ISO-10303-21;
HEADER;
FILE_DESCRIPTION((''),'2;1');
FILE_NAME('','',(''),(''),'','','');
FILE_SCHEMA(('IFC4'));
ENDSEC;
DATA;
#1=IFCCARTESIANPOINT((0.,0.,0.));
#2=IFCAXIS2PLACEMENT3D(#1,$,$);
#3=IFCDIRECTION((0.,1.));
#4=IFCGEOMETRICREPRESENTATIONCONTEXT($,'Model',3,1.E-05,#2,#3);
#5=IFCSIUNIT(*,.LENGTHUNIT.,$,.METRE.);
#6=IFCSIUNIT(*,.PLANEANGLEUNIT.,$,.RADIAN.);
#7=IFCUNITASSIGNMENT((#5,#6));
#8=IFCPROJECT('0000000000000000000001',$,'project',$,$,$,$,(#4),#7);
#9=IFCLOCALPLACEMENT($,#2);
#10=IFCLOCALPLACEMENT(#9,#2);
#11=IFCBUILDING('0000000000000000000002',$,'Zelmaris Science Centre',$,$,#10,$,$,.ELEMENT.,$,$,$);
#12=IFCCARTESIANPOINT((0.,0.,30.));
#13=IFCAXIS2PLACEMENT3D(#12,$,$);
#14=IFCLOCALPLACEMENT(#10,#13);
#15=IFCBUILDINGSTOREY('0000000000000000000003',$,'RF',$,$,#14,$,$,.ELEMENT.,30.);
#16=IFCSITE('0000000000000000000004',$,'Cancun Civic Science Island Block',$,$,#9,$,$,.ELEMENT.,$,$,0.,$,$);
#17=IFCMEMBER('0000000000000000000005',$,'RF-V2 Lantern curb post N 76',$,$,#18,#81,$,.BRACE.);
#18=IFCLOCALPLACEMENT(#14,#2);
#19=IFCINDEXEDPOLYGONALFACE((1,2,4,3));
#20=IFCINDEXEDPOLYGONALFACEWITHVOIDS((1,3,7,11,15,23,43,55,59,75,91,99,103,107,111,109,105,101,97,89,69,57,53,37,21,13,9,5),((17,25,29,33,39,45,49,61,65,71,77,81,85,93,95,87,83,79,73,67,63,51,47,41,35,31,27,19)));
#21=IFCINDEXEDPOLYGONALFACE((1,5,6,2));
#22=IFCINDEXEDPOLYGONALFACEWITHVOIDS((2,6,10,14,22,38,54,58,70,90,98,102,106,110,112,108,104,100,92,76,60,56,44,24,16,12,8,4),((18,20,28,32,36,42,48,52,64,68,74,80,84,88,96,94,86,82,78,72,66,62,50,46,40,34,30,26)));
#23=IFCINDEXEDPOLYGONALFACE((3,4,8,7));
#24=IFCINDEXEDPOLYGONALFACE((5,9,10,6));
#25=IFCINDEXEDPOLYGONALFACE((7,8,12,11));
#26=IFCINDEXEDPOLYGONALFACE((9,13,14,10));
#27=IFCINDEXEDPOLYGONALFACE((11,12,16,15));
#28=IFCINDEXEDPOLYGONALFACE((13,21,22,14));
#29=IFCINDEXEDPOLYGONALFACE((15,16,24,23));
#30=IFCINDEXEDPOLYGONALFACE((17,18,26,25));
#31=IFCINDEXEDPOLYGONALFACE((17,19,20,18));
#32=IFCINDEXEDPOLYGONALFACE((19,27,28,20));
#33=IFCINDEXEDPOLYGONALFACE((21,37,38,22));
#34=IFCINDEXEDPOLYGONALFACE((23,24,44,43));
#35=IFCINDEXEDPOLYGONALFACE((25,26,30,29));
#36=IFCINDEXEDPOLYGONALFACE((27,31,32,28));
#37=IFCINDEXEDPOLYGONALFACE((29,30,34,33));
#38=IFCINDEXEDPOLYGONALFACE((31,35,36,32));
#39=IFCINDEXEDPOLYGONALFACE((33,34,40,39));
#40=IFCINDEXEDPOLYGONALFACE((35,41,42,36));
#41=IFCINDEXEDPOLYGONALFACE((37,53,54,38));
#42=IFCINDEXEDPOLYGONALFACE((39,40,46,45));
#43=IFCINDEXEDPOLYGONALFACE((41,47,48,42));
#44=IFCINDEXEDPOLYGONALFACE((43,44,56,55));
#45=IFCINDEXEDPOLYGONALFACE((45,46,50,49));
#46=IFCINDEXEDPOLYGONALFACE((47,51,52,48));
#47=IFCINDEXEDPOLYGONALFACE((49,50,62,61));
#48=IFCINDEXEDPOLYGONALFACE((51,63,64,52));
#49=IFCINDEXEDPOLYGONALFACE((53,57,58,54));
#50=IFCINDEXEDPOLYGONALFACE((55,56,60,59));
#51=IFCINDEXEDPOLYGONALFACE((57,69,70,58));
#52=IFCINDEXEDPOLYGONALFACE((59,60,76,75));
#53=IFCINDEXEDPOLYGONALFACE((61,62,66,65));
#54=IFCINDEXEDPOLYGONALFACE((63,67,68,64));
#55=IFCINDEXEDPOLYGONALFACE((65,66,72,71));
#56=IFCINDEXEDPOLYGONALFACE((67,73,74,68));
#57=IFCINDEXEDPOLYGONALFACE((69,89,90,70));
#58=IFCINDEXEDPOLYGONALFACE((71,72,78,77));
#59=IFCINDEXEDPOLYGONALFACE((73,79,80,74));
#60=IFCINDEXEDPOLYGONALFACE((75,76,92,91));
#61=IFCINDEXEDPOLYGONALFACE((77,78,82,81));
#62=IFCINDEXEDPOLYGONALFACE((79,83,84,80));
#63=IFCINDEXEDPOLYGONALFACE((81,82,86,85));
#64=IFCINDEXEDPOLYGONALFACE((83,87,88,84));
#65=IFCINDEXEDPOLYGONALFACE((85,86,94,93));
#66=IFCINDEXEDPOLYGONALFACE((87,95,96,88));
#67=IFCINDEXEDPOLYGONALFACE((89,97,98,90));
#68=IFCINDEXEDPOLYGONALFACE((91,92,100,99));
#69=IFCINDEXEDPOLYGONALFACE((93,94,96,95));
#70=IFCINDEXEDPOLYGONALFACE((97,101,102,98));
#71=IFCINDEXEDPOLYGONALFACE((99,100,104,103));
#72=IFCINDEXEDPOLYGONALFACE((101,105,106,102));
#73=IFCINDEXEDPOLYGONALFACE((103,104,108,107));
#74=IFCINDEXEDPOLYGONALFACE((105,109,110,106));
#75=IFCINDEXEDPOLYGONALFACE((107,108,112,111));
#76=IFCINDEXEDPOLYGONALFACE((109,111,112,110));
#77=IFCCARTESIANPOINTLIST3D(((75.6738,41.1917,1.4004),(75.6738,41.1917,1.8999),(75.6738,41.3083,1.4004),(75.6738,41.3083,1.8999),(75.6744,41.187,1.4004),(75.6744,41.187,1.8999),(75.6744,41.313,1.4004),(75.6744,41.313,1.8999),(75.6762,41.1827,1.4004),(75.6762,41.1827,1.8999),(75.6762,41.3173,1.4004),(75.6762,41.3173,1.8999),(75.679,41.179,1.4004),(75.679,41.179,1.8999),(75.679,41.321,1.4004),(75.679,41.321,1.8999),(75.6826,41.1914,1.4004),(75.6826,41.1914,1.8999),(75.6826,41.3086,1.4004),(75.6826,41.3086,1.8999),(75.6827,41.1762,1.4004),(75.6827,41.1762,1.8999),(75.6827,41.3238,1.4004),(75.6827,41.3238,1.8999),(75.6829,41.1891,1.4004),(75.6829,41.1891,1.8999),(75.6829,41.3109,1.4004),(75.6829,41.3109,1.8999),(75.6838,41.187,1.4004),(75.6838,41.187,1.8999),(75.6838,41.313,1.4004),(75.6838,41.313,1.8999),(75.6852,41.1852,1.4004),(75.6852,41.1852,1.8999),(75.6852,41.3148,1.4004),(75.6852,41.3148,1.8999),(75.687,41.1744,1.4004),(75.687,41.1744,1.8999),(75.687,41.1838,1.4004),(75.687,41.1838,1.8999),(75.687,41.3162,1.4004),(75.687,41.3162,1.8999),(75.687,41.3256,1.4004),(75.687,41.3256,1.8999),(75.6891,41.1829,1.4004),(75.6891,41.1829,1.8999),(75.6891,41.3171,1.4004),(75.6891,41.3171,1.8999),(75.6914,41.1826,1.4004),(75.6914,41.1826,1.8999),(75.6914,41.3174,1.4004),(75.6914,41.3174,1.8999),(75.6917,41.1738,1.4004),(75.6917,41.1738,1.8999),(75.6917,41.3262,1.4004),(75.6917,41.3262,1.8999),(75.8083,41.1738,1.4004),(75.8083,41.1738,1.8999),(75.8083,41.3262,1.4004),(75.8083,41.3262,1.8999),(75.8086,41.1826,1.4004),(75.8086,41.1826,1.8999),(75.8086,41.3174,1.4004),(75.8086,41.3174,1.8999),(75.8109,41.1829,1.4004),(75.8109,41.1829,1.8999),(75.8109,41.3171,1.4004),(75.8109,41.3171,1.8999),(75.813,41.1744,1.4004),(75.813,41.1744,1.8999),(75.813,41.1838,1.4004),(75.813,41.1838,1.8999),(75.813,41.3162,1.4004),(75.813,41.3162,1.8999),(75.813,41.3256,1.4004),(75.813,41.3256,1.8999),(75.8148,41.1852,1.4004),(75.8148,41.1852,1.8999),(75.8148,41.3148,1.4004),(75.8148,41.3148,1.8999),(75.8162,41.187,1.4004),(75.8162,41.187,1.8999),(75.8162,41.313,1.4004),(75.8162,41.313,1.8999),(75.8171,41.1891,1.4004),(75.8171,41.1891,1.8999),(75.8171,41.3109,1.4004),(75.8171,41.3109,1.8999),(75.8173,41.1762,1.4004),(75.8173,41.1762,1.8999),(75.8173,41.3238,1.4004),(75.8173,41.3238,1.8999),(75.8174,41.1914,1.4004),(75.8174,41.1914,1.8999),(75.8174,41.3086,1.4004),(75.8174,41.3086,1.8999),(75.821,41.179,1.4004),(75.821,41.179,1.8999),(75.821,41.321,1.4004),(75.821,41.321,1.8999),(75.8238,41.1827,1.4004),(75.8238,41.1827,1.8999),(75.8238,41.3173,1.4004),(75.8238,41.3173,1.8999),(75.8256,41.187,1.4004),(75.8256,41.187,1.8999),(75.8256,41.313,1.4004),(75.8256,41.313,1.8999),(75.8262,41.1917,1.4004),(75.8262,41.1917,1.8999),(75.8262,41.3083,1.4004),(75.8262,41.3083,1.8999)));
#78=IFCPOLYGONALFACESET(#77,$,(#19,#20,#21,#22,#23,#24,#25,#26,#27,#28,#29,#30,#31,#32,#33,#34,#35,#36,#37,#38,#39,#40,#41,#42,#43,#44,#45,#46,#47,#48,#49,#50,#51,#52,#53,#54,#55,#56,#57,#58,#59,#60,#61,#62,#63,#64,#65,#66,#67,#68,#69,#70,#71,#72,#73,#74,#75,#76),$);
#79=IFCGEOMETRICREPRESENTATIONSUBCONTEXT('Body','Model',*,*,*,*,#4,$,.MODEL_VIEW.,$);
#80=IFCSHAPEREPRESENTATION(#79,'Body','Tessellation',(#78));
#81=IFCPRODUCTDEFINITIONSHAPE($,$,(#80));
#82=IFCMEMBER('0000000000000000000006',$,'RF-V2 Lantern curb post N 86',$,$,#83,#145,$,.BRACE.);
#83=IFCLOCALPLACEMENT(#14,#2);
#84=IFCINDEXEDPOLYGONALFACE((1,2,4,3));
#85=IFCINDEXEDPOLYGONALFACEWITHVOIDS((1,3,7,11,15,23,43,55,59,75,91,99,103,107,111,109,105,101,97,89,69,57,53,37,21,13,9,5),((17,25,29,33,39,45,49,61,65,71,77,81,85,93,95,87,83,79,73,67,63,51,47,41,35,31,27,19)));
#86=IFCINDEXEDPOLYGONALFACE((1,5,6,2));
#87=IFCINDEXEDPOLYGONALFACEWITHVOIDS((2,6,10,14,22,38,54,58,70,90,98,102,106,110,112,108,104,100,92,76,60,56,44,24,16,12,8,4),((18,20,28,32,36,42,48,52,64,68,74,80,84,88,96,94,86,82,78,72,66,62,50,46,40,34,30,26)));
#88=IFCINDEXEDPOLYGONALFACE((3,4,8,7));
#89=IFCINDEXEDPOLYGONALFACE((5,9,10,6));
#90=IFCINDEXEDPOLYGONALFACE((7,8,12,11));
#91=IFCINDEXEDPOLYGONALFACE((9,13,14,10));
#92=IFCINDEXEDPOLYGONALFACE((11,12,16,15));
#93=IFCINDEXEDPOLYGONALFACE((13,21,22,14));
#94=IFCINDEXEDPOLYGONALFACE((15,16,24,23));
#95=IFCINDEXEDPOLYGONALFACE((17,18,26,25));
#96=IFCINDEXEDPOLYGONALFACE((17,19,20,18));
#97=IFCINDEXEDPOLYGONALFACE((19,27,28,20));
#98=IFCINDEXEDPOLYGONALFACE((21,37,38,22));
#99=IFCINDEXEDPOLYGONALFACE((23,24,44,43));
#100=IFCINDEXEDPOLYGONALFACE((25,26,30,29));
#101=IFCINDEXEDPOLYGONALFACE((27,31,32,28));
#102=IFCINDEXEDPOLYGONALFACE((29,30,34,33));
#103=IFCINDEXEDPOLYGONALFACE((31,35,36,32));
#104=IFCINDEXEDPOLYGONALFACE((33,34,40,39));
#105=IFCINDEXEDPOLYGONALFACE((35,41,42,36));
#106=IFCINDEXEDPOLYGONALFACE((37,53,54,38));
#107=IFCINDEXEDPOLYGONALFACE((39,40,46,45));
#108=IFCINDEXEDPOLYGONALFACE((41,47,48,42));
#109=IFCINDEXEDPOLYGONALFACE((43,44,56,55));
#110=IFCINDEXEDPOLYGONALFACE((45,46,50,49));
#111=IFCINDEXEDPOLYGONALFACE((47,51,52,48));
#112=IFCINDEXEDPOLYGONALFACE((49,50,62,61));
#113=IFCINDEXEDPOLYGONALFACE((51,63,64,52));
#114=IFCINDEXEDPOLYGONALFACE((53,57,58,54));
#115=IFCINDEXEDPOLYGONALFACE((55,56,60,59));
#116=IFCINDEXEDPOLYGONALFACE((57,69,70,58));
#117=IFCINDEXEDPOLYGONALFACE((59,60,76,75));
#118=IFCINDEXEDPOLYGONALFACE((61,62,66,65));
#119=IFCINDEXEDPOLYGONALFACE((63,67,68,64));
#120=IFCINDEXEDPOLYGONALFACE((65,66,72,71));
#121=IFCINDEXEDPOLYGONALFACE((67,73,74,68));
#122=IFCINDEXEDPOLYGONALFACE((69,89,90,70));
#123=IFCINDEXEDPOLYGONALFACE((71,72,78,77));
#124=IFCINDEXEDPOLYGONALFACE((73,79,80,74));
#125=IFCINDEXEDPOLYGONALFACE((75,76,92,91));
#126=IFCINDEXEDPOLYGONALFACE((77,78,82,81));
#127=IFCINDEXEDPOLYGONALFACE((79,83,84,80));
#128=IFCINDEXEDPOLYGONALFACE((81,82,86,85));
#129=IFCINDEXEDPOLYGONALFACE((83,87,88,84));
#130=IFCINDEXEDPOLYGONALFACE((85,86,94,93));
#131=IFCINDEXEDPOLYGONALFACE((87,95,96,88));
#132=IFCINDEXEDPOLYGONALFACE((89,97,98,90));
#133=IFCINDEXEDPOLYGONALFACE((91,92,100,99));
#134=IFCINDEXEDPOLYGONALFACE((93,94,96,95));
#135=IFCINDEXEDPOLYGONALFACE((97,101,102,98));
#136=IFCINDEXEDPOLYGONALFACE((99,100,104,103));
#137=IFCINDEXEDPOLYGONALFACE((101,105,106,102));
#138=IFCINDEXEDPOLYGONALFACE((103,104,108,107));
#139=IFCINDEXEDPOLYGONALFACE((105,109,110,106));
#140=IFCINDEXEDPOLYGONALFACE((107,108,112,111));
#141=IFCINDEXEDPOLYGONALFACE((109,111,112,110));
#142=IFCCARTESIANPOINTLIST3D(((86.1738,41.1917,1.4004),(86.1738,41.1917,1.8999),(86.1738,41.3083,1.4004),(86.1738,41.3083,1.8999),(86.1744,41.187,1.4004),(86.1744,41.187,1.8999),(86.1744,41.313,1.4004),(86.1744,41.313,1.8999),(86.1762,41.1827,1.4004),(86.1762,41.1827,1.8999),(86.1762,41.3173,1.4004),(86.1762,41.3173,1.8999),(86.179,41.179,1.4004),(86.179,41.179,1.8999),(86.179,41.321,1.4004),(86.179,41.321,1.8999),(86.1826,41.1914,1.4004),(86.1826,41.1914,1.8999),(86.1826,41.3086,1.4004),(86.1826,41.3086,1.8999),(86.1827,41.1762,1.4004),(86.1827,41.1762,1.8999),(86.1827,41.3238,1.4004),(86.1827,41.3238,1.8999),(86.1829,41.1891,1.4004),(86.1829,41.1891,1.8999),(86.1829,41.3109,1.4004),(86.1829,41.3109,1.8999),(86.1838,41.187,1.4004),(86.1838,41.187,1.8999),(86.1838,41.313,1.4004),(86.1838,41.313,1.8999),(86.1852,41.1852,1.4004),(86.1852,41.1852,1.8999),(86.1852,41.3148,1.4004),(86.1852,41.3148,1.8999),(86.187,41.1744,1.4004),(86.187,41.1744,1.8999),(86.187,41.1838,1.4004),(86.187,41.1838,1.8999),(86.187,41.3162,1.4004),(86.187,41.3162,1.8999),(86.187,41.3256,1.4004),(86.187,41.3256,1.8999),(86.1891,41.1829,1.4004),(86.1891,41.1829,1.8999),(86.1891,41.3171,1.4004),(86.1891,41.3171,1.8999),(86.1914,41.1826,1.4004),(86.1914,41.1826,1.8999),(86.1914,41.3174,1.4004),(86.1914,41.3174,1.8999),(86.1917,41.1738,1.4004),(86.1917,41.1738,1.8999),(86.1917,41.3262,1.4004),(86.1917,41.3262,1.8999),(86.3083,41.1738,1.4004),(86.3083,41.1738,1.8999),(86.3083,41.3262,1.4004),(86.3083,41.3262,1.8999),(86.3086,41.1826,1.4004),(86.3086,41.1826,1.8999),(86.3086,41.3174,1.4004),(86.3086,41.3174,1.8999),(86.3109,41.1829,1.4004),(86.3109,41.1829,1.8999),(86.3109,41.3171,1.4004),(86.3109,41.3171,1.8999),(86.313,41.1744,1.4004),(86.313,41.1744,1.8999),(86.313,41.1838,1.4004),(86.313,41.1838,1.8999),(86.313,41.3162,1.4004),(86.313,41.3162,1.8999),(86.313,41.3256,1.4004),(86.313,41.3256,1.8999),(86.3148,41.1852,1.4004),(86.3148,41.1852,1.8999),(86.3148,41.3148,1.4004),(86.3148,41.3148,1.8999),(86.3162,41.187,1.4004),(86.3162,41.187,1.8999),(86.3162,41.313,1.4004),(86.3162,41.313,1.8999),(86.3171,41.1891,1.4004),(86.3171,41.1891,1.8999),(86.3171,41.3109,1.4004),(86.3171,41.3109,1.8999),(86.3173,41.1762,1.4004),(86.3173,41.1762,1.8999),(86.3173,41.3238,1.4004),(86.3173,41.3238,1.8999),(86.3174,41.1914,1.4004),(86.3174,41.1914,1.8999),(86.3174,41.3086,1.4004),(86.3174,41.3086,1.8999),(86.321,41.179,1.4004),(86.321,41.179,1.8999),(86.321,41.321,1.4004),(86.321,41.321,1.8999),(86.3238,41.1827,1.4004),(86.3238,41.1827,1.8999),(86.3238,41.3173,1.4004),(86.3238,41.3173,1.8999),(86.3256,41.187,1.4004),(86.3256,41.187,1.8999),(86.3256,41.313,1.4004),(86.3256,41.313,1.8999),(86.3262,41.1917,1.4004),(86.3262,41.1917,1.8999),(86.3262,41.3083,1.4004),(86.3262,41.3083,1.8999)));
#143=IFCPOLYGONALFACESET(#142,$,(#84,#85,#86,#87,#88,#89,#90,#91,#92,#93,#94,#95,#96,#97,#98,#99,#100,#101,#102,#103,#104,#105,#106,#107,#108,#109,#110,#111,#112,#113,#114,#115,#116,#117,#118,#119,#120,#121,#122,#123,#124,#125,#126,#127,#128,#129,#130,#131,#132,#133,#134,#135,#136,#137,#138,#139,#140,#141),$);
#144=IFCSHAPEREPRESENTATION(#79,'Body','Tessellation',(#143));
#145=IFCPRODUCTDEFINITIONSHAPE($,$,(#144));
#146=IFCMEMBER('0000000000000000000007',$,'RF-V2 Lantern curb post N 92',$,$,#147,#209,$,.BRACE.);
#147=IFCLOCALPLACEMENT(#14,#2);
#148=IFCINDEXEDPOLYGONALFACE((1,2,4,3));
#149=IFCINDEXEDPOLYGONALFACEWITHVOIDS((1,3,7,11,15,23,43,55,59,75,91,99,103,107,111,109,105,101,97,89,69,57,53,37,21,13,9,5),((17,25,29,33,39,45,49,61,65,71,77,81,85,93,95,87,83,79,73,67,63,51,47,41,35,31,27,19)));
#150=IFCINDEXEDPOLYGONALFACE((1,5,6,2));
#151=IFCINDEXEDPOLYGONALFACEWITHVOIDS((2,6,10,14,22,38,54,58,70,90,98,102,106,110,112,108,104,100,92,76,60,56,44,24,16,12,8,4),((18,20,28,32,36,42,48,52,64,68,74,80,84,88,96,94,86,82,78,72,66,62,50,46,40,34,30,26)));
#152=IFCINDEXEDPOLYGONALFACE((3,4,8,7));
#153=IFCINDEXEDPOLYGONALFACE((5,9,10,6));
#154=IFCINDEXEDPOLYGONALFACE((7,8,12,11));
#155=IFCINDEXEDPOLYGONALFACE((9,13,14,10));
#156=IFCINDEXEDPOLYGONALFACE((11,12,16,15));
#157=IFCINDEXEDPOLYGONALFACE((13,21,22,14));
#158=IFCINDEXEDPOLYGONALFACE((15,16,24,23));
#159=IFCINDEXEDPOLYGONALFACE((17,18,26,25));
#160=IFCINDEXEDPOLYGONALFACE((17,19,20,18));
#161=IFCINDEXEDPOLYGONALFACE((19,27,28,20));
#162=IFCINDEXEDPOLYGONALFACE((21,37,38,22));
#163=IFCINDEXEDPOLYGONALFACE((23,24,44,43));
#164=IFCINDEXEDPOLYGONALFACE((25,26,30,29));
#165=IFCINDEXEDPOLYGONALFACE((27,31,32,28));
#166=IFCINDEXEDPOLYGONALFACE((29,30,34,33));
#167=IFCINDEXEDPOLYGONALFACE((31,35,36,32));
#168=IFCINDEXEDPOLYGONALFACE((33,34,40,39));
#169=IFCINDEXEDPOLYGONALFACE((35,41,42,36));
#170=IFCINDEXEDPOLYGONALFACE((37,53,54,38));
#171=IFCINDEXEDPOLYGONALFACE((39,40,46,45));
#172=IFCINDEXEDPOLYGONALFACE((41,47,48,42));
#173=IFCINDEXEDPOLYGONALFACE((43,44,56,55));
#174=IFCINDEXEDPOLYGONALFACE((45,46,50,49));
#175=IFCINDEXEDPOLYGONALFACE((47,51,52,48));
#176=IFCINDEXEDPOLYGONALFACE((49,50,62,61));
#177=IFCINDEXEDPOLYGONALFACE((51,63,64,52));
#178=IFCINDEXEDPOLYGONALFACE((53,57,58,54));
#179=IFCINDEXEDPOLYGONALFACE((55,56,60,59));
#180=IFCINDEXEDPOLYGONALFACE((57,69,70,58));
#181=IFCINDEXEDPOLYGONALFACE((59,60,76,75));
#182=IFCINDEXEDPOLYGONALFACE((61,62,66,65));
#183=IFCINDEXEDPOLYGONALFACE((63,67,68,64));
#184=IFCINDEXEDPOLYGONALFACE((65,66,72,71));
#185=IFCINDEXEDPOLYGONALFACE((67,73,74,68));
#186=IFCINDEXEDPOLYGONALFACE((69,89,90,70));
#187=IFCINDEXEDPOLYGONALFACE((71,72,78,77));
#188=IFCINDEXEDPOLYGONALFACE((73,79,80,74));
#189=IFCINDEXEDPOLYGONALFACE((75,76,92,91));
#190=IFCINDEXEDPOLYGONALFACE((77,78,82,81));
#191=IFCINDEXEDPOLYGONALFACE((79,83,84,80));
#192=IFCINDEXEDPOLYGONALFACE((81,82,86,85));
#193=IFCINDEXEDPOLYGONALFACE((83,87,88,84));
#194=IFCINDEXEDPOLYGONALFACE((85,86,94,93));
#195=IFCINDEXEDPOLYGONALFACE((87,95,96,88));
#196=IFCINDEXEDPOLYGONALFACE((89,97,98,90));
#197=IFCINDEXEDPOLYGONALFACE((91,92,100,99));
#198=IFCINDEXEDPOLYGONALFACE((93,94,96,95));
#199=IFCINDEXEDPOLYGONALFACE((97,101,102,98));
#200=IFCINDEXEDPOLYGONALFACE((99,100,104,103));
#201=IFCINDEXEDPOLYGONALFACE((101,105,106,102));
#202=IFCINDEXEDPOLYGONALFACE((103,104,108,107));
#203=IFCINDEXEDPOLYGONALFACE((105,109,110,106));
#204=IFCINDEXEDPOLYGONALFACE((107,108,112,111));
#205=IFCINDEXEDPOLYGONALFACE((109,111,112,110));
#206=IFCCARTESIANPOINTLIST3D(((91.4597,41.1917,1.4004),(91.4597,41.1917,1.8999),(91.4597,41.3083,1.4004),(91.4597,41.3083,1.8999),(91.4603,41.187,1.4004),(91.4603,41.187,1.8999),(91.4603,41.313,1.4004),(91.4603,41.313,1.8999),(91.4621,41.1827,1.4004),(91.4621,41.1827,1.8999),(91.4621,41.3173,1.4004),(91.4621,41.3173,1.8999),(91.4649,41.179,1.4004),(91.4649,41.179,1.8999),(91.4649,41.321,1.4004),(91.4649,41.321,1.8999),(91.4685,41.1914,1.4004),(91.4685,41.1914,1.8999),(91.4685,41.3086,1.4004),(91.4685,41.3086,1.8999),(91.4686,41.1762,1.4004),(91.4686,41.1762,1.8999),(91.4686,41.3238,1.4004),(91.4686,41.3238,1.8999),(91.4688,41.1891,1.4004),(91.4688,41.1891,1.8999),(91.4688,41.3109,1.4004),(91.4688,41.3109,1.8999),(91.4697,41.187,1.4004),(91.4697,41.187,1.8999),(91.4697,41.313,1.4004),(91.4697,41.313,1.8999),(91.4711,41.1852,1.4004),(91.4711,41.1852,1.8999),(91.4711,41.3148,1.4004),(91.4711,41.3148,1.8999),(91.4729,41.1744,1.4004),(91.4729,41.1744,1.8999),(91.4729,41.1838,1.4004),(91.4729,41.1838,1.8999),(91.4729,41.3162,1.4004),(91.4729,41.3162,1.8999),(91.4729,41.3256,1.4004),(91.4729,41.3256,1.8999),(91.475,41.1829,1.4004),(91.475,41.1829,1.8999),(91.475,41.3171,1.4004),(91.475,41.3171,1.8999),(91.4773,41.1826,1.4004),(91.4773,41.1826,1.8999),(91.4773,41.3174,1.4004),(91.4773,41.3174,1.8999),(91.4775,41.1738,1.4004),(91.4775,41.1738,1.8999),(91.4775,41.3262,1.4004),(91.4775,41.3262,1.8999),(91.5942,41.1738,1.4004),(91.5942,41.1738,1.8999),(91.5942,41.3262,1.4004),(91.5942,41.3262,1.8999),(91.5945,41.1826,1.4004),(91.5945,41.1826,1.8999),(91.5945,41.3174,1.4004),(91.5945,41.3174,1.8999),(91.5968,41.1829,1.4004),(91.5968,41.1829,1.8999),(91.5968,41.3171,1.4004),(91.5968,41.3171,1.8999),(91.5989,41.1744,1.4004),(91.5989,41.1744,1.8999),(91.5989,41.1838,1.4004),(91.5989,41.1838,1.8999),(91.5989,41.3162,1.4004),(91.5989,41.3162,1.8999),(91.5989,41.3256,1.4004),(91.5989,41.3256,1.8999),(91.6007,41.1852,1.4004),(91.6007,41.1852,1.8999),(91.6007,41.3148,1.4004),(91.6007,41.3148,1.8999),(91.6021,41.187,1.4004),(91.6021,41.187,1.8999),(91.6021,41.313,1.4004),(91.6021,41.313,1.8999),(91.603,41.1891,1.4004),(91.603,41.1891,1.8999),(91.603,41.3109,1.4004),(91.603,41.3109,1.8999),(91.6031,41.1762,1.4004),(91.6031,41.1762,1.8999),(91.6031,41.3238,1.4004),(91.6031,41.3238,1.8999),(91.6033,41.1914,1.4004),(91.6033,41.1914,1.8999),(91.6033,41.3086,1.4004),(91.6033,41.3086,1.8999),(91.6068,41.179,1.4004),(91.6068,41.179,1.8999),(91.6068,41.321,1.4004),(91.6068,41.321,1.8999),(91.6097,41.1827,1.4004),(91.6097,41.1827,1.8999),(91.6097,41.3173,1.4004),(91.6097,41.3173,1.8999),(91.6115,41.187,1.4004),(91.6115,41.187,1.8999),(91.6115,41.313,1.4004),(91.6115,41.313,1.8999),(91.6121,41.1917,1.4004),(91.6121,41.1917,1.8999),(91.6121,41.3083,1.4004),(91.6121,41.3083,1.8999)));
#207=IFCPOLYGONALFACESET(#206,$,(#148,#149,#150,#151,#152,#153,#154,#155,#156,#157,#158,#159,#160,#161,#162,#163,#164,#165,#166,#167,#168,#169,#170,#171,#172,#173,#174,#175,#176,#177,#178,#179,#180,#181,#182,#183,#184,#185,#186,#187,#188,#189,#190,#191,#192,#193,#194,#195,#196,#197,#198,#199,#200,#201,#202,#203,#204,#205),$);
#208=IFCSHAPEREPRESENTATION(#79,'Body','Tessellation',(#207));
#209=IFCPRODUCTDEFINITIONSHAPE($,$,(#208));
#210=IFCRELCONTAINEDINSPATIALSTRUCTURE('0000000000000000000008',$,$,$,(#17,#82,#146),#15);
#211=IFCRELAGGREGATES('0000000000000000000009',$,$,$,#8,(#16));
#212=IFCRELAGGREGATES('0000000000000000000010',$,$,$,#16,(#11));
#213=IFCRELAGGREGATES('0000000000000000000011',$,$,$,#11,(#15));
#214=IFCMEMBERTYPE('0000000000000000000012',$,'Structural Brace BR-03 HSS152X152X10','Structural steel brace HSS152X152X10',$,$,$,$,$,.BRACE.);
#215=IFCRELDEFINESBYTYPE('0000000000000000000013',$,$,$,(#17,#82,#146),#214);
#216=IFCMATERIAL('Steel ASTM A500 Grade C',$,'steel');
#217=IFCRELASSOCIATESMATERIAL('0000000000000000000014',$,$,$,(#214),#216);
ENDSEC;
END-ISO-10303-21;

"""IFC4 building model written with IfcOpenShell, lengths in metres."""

from ifc_helpers import new_model, si_unit, direction, frame, origin, origin_2d, place, context, subcontext, project, spatial, hollow_rectangle, extrude, material, material_profile, profile_set, type_object, element, save


model = new_model("IFC4")

# Units and contexts
model_context = context("Model", 3, precision=1e-05, world=origin(), true_north=direction((0.0, 1.0)))
body_context = subcontext(model_context, "Body", "Model", "MODEL_VIEW")
ifc_project = project(units=[si_unit("LENGTHUNIT", "METRE"), si_unit("PLANEANGLEUNIT", "RADIAN")], contexts=[model_context])

# Site, building, storey
site_placement = place(None, origin())
site = spatial("IfcSite", under=ifc_project, at=site_placement, Name="Cancun Civic Science Island Block", CompositionType="ELEMENT", RefElevation=0.0)
building_placement = place(site_placement, origin())
building = spatial("IfcBuilding", under=site, at=building_placement, Name="Zelmaris Science Centre", CompositionType="ELEMENT")
storey_placement = place(building_placement, frame((0.0, 0.0, 30.0)))
storey = spatial("IfcBuildingStorey", under=building, at=storey_placement, Name="RF", CompositionType="ELEMENT", Elevation=30.0)

# Shared definitions
ifc_material_1 = material(Name="Steel ASTM A500 Grade C", Category="steel")

# Members
ifc_material_profile_1 = material_profile(ifc_material_1, hollow_rectangle(XDim=0.1523, YDim=0.1523, WallThickness=0.0088, InnerFilletRadius=0.0088, OuterFilletRadius=0.0178, at=origin_2d()), Name="HSS152X152X10")
ifc_profile_set_1 = profile_set([ifc_material_profile_1], Name="Steel ASTM A500 Grade C")
member_type_1 = type_object("IfcMemberType", Name="Structural Brace BR-03 HSS152X152X10", Description="Structural steel brace HSS152X152X10", PredefinedType="BRACE", material=ifc_profile_set_1)
for number, where, z_axis, x_axis, name in (
    (1, (75.75, 41.25, 1.4004), (0.0, 0.0, 1.0), (1.0, 0.0, 0.0), "RF-V2 Lantern curb post N 76"),
    (2, (86.25, 41.25, 1.4004), (0.0, 0.0, 1.0), (1.0, 0.0, 0.0), "RF-V2 Lantern curb post N 86"),
    (3, (91.5359, 41.25, 1.4004), (0.0, 0.0, 1.0), (1.0, 0.0, 0.0), "RF-V2 Lantern curb post N 92"),
):
    element("IfcMember", number, at=place(storey_placement, frame(where, z_axis=z_axis, x_axis=x_axis)), inside=storey, type_object=member_type_1, Name=name, PredefinedType="BRACE", context=body_context, shape_type="SweptSolid", body=[
        extrude(hollow_rectangle(XDim=0.1523, YDim=0.1523, WallThickness=0.0088, InnerFilletRadius=0.0088, OuterFilletRadius=0.0178, at=origin_2d()), origin(), (0.0, 0.0, 1.0), 0.4995),
    ])

save(model, "model.ifc")
